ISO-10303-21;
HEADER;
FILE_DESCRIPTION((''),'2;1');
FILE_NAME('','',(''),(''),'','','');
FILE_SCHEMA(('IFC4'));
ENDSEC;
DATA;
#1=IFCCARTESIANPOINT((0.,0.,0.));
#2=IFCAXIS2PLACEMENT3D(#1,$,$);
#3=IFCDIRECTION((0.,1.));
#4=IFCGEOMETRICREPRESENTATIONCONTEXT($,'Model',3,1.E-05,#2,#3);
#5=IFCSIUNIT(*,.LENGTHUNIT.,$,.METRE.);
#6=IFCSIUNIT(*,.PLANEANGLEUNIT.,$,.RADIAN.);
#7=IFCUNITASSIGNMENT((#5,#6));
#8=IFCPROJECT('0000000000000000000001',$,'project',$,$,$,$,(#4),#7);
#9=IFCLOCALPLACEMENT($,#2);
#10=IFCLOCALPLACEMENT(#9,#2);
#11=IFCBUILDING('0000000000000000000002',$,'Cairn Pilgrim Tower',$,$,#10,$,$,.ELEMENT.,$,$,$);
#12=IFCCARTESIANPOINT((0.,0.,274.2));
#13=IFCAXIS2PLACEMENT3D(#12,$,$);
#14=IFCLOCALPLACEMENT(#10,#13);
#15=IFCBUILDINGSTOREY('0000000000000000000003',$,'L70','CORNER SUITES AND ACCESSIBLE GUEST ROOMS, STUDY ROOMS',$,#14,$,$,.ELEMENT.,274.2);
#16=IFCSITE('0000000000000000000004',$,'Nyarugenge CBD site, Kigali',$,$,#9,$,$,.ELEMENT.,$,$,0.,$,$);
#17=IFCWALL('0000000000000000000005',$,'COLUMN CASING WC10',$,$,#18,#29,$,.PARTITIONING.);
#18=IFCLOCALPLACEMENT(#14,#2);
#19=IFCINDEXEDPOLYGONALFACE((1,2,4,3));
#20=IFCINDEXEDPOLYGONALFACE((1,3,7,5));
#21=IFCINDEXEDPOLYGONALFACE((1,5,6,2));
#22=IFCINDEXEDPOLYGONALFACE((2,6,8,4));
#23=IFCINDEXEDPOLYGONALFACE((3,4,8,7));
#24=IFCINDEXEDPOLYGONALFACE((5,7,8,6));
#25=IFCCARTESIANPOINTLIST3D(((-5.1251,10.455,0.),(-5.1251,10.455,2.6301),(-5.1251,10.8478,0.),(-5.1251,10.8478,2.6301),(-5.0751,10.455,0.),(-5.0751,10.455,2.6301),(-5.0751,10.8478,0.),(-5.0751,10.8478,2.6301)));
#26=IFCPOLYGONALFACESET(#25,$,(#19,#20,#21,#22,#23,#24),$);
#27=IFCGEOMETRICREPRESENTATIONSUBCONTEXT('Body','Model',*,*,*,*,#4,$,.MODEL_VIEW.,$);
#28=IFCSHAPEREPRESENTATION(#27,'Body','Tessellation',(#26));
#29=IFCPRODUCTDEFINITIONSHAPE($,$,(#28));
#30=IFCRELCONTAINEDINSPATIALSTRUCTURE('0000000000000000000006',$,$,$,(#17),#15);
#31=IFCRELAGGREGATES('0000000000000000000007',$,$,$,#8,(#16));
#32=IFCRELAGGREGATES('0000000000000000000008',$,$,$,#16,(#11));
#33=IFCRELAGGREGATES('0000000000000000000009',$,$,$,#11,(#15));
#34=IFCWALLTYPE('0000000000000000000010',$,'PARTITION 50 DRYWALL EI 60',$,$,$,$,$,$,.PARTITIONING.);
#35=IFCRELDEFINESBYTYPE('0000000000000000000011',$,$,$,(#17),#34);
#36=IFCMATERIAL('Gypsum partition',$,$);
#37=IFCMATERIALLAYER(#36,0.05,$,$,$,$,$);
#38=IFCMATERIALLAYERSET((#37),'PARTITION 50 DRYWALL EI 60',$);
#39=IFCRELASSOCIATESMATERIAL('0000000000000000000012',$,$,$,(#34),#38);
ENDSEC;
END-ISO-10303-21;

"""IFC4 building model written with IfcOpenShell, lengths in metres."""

from ifc_helpers import new_model, si_unit, direction, frame, frame_2d, origin, place, context, subcontext, project, spatial, rectangle, extrude, material, layer, layer_set, type_object, element, save


model = new_model("IFC4")

# Units and contexts
model_context = context("Model", 3, precision=1e-05, world=origin(), true_north=direction((0.0, 1.0)))
body_context = subcontext(model_context, "Body", "Model", "MODEL_VIEW")
ifc_project = project(units=[si_unit("LENGTHUNIT", "METRE"), si_unit("PLANEANGLEUNIT", "RADIAN")], contexts=[model_context])

# Site, building, storey
site_placement = place(None, origin())
site = spatial("IfcSite", under=ifc_project, at=site_placement, Name="Nyarugenge CBD site, Kigali", CompositionType="ELEMENT", RefElevation=0.0)
building_placement = place(site_placement, origin())
building = spatial("IfcBuilding", under=site, at=building_placement, Name="Cairn Pilgrim Tower", CompositionType="ELEMENT")
storey_placement = place(building_placement, frame((0.0, 0.0, 274.2)))
storey = spatial("IfcBuildingStorey", under=building, at=storey_placement, Name="L70", Description="CORNER SUITES AND ACCESSIBLE GUEST ROOMS, STUDY ROOMS", CompositionType="ELEMENT", Elevation=274.2)

# Shared definitions
ifc_material_1 = material(Name="Gypsum partition")

# Wall
ifc_layer_1 = layer(ifc_material_1, 0.05)
ifc_layer_set_1 = layer_set([ifc_layer_1], Name="PARTITION 50 DRYWALL EI 60")
wall_type_1 = type_object("IfcWallType", Name="PARTITION 50 DRYWALL EI 60", PredefinedType="PARTITIONING", material=ifc_layer_set_1)
wall_1_placement = place(storey_placement, frame((-5.1001, 10.4551, 0.0), z_axis=(0.0, 0.0, 1.0), x_axis=(0.0, 1.0, 0.0)))
element("IfcWall", 1, at=wall_1_placement, inside=storey, type_object=wall_type_1, Name="COLUMN CASING WC10", PredefinedType="PARTITIONING", context=body_context, shape_type="SweptSolid", body=[
    extrude(rectangle(XDim=0.3928, YDim=0.05, at=frame_2d((0.1963, 0.0))), origin(), (0.0, 0.0, 1.0), 2.6301),
])

save(model, "model.ifc")
